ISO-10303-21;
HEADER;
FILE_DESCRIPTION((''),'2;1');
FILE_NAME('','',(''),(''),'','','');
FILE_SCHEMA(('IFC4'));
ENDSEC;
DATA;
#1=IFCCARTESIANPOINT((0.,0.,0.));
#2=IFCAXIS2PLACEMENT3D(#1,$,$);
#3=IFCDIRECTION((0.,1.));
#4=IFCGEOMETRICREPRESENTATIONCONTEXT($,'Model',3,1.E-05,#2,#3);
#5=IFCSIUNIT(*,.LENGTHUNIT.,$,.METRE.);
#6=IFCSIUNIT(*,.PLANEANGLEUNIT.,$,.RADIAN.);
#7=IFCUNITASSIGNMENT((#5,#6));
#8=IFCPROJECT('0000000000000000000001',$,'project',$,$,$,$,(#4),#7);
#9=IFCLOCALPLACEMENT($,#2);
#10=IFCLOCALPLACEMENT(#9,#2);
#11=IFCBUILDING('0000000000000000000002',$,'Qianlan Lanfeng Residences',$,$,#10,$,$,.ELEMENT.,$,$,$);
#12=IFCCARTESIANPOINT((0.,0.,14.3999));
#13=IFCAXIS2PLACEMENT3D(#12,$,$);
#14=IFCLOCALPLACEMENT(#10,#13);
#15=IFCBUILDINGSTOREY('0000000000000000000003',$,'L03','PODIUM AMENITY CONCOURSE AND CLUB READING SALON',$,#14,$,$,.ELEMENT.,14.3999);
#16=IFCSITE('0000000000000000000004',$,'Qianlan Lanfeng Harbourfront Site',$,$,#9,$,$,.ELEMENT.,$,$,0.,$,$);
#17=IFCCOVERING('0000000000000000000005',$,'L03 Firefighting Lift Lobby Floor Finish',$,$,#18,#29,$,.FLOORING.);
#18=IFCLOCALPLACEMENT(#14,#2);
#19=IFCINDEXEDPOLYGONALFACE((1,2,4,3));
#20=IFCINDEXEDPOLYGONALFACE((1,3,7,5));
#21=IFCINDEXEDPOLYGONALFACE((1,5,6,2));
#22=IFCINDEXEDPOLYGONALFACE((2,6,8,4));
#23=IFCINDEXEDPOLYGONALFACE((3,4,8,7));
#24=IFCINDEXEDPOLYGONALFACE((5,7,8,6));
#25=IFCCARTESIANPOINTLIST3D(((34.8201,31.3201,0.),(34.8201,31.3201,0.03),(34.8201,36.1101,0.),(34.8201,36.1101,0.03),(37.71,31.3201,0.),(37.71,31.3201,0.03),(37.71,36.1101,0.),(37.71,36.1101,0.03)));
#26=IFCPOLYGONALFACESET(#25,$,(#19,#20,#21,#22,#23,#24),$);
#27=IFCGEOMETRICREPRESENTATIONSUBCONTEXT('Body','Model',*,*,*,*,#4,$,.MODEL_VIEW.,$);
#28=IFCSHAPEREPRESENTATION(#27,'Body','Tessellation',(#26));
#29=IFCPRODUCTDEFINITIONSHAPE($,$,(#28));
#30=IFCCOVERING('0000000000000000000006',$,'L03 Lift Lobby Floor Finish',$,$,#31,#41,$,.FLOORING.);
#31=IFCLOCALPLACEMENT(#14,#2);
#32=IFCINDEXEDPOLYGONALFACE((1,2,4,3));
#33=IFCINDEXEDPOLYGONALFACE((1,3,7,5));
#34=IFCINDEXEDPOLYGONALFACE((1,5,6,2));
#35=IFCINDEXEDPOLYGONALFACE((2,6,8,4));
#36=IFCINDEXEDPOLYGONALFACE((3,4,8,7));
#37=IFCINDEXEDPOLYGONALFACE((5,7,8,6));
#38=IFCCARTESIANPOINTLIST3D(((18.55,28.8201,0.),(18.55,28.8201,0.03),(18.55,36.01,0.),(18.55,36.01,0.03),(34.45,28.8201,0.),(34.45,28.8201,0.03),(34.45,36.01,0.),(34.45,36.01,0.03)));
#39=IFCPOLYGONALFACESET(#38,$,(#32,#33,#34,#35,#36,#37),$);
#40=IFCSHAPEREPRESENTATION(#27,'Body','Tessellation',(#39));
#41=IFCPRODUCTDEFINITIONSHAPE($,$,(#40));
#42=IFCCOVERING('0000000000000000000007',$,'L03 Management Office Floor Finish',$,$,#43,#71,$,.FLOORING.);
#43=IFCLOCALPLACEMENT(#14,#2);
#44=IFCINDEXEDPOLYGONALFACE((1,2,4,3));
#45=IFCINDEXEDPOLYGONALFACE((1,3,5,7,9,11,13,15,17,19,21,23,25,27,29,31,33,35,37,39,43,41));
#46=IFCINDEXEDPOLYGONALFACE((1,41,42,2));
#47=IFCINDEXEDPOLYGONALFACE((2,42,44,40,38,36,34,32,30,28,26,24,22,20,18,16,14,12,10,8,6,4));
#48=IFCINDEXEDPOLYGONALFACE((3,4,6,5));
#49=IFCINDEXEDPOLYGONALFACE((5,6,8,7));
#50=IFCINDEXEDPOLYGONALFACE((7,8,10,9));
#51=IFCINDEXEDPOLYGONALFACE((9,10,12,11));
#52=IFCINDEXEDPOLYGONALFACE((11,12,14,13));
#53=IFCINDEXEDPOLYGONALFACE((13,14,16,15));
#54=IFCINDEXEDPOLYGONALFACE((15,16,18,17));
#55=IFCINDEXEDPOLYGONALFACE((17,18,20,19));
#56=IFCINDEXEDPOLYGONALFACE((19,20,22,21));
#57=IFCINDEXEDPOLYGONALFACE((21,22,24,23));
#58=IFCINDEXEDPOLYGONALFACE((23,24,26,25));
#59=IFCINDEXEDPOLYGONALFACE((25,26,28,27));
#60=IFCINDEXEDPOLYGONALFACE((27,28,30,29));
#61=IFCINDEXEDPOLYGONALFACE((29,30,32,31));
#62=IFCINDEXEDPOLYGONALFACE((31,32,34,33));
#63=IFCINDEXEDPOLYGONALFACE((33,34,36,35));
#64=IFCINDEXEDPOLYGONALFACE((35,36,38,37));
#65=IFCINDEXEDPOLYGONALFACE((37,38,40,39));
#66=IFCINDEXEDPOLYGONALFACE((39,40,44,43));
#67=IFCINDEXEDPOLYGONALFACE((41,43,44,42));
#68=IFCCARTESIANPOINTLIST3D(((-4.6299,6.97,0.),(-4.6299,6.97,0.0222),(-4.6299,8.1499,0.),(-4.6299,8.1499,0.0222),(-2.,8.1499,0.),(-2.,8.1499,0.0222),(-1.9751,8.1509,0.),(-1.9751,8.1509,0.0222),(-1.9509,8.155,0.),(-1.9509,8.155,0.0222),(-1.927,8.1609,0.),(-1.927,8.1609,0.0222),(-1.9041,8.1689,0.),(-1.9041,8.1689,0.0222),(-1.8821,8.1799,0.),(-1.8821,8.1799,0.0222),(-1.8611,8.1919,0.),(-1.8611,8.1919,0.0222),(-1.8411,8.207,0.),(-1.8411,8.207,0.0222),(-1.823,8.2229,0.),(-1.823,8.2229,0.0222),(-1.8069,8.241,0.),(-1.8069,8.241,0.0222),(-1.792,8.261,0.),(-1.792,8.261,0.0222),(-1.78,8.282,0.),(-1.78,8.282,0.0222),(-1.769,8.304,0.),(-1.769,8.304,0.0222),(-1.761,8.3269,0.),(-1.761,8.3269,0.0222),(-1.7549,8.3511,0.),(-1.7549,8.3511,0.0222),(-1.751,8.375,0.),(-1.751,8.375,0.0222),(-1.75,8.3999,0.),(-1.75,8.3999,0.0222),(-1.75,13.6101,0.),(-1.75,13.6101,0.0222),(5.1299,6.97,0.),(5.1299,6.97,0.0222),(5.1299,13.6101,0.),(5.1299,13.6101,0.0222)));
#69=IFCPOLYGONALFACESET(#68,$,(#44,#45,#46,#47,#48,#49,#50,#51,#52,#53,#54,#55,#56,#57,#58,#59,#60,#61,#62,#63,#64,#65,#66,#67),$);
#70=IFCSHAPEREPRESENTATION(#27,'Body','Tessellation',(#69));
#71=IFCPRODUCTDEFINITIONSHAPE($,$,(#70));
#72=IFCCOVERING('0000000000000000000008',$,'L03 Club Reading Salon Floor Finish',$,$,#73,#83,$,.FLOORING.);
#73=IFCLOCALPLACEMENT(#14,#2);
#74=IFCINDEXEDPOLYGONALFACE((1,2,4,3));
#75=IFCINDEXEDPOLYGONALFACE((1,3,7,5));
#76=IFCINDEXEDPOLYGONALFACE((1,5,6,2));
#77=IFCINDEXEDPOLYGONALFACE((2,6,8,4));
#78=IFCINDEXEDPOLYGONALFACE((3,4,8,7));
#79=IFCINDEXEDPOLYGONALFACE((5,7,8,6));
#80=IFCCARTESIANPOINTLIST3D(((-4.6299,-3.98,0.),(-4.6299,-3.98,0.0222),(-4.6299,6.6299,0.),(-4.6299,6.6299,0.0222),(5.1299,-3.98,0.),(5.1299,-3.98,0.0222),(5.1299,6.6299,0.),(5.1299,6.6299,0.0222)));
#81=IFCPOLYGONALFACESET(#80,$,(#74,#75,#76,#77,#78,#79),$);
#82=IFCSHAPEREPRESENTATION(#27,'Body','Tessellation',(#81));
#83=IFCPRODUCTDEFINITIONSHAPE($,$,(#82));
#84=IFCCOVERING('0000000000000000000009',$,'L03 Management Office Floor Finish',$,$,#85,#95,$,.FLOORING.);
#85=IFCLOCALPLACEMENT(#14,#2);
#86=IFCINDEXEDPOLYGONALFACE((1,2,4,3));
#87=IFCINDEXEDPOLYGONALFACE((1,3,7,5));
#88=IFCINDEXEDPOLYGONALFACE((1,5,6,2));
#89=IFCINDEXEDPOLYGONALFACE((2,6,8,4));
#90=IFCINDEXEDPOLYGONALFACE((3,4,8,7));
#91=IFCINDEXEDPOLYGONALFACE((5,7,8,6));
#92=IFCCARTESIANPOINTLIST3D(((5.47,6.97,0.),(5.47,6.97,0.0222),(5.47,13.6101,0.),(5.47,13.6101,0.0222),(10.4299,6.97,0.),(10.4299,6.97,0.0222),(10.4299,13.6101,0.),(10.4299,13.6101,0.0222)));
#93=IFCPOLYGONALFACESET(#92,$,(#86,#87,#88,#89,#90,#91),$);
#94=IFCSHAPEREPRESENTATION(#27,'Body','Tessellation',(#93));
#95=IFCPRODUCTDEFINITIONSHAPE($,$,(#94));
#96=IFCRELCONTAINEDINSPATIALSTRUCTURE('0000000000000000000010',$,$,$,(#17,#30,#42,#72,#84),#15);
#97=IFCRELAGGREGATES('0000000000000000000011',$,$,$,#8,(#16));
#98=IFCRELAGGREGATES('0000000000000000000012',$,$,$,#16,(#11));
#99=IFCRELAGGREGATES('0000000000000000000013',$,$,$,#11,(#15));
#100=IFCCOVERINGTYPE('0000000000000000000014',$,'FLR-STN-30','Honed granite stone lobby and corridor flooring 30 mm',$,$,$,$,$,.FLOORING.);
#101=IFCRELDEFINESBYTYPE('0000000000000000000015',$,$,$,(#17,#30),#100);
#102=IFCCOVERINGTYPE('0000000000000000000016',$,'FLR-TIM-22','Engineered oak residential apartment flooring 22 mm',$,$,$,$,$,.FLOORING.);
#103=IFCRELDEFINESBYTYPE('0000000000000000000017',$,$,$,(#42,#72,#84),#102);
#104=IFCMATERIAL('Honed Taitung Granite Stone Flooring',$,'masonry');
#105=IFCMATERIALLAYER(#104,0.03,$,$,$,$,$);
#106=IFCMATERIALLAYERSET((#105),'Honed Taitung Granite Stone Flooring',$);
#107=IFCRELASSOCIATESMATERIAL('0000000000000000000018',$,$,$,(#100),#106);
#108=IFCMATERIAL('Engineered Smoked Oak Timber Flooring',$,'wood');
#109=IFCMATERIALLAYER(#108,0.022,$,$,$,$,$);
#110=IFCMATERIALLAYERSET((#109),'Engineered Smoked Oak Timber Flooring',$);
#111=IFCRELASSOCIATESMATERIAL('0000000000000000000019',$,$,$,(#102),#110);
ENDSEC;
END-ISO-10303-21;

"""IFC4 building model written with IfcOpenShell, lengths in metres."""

from ifc_helpers import new_model, si_unit, direction, frame, origin, place, context, subcontext, project, spatial, polyline, outline, extrude, material, layer, layer_set, type_object, element, save


model = new_model("IFC4")

# Units and contexts
model_context = context("Model", 3, precision=1e-05, world=origin(), true_north=direction((0.0, 1.0)))
body_context = subcontext(model_context, "Body", "Model", "MODEL_VIEW")
ifc_project = project(units=[si_unit("LENGTHUNIT", "METRE"), si_unit("PLANEANGLEUNIT", "RADIAN")], contexts=[model_context])

# Site, building, storey
site_placement = place(None, origin())
site = spatial("IfcSite", under=ifc_project, at=site_placement, Name="Qianlan Lanfeng Harbourfront Site", CompositionType="ELEMENT", RefElevation=0.0)
building_placement = place(site_placement, origin())
building = spatial("IfcBuilding", under=site, at=building_placement, Name="Qianlan Lanfeng Residences", CompositionType="ELEMENT")
storey_placement = place(building_placement, frame((0.0, 0.0, 14.3999)))
storey = spatial("IfcBuildingStorey", under=building, at=storey_placement, Name="L03", Description="PODIUM AMENITY CONCOURSE AND CLUB READING SALON", CompositionType="ELEMENT", Elevation=14.3999)

# Coverings
ifc_material_1 = material(Name="Honed Taitung Granite Stone Flooring", Category="masonry")
ifc_layer_1 = layer(ifc_material_1, 0.03)
ifc_layer_set_1 = layer_set([ifc_layer_1], Name="Honed Taitung Granite Stone Flooring")
covering_type_1 = type_object("IfcCoveringType", Name="FLR-STN-30", Description="Honed granite stone lobby and corridor flooring 30 mm", PredefinedType="FLOORING", material=ifc_layer_set_1)
covering_1_placement = place(storey_placement, origin())
element("IfcCovering", 1, at=covering_1_placement, inside=storey, type_object=covering_type_1, Name="L03 Firefighting Lift Lobby Floor Finish", PredefinedType="FLOORING", context=body_context, shape_type="SweptSolid", body=[
    extrude(outline(polyline([(34.8201, 31.3201), (37.71, 31.3201), (37.71, 36.1101), (34.8201, 36.1101), (34.8201, 31.3201)])), origin(), (0.0, 0.0, 1.0), 0.03),
])
covering_2_placement = place(storey_placement, origin())
element("IfcCovering", 2, at=covering_2_placement, inside=storey, type_object=covering_type_1, Name="L03 Lift Lobby Floor Finish", PredefinedType="FLOORING", context=body_context, shape_type="SweptSolid", body=[
    extrude(outline(polyline([(18.55, 28.8201), (34.45, 28.8201), (34.45, 36.01), (18.55, 36.01), (18.55, 28.8201)])), origin(), (0.0, 0.0, 1.0), 0.03),
])
ifc_material_2 = material(Name="Engineered Smoked Oak Timber Flooring", Category="wood")
ifc_layer_2 = layer(ifc_material_2, 0.022)
ifc_layer_set_2 = layer_set([ifc_layer_2], Name="Engineered Smoked Oak Timber Flooring")
covering_type_2 = type_object("IfcCoveringType", Name="FLR-TIM-22", Description="Engineered oak residential apartment flooring 22 mm", PredefinedType="FLOORING", material=ifc_layer_set_2)
covering_3_placement = place(storey_placement, origin())
element("IfcCovering", 3, at=covering_3_placement, inside=storey, type_object=covering_type_2, Name="L03 Management Office Floor Finish", PredefinedType="FLOORING", context=body_context, shape_type="SweptSolid", body=[
    extrude(outline(polyline([(-4.6299, 6.97), (5.1299, 6.97), (5.1299, 13.6101), (-1.75, 13.6101), (-1.75, 8.3999), (-1.751, 8.375), (-1.7549, 8.3511), (-1.761, 8.3269), (-1.769, 8.304), (-1.78, 8.282), (-1.792, 8.261), (-1.8069, 8.241), (-1.823, 8.2229), (-1.8411, 8.207), (-1.8611, 8.1919), (-1.8821, 8.1799), (-1.9041, 8.1689), (-1.927, 8.1609), (-1.9509, 8.155), (-1.9751, 8.1509), (-2.0, 8.1499), (-4.6299, 8.1499), (-4.6299, 6.97)])), origin(), (0.0, 0.0, 1.0), 0.0222),
])
covering_4_placement = place(storey_placement, origin())
element("IfcCovering", 4, at=covering_4_placement, inside=storey, type_object=covering_type_2, Name="L03 Club Reading Salon Floor Finish", PredefinedType="FLOORING", context=body_context, shape_type="SweptSolid", body=[
    extrude(outline(polyline([(-4.6299, -3.98), (5.1299, -3.98), (5.1299, 6.6299), (-4.6299, 6.6299), (-4.6299, -3.98)])), origin(), (0.0, 0.0, 1.0), 0.0222),
])
covering_5_placement = place(storey_placement, origin())
element("IfcCovering", 5, at=covering_5_placement, inside=storey, type_object=covering_type_2, Name="L03 Management Office Floor Finish", PredefinedType="FLOORING", context=body_context, shape_type="SweptSolid", body=[
    extrude(outline(polyline([(5.47, 6.97), (10.4299, 6.97), (10.4299, 13.6101), (5.47, 13.6101), (5.47, 6.97)])), origin(), (0.0, 0.0, 1.0), 0.0222),
])

save(model, "model.ifc")
